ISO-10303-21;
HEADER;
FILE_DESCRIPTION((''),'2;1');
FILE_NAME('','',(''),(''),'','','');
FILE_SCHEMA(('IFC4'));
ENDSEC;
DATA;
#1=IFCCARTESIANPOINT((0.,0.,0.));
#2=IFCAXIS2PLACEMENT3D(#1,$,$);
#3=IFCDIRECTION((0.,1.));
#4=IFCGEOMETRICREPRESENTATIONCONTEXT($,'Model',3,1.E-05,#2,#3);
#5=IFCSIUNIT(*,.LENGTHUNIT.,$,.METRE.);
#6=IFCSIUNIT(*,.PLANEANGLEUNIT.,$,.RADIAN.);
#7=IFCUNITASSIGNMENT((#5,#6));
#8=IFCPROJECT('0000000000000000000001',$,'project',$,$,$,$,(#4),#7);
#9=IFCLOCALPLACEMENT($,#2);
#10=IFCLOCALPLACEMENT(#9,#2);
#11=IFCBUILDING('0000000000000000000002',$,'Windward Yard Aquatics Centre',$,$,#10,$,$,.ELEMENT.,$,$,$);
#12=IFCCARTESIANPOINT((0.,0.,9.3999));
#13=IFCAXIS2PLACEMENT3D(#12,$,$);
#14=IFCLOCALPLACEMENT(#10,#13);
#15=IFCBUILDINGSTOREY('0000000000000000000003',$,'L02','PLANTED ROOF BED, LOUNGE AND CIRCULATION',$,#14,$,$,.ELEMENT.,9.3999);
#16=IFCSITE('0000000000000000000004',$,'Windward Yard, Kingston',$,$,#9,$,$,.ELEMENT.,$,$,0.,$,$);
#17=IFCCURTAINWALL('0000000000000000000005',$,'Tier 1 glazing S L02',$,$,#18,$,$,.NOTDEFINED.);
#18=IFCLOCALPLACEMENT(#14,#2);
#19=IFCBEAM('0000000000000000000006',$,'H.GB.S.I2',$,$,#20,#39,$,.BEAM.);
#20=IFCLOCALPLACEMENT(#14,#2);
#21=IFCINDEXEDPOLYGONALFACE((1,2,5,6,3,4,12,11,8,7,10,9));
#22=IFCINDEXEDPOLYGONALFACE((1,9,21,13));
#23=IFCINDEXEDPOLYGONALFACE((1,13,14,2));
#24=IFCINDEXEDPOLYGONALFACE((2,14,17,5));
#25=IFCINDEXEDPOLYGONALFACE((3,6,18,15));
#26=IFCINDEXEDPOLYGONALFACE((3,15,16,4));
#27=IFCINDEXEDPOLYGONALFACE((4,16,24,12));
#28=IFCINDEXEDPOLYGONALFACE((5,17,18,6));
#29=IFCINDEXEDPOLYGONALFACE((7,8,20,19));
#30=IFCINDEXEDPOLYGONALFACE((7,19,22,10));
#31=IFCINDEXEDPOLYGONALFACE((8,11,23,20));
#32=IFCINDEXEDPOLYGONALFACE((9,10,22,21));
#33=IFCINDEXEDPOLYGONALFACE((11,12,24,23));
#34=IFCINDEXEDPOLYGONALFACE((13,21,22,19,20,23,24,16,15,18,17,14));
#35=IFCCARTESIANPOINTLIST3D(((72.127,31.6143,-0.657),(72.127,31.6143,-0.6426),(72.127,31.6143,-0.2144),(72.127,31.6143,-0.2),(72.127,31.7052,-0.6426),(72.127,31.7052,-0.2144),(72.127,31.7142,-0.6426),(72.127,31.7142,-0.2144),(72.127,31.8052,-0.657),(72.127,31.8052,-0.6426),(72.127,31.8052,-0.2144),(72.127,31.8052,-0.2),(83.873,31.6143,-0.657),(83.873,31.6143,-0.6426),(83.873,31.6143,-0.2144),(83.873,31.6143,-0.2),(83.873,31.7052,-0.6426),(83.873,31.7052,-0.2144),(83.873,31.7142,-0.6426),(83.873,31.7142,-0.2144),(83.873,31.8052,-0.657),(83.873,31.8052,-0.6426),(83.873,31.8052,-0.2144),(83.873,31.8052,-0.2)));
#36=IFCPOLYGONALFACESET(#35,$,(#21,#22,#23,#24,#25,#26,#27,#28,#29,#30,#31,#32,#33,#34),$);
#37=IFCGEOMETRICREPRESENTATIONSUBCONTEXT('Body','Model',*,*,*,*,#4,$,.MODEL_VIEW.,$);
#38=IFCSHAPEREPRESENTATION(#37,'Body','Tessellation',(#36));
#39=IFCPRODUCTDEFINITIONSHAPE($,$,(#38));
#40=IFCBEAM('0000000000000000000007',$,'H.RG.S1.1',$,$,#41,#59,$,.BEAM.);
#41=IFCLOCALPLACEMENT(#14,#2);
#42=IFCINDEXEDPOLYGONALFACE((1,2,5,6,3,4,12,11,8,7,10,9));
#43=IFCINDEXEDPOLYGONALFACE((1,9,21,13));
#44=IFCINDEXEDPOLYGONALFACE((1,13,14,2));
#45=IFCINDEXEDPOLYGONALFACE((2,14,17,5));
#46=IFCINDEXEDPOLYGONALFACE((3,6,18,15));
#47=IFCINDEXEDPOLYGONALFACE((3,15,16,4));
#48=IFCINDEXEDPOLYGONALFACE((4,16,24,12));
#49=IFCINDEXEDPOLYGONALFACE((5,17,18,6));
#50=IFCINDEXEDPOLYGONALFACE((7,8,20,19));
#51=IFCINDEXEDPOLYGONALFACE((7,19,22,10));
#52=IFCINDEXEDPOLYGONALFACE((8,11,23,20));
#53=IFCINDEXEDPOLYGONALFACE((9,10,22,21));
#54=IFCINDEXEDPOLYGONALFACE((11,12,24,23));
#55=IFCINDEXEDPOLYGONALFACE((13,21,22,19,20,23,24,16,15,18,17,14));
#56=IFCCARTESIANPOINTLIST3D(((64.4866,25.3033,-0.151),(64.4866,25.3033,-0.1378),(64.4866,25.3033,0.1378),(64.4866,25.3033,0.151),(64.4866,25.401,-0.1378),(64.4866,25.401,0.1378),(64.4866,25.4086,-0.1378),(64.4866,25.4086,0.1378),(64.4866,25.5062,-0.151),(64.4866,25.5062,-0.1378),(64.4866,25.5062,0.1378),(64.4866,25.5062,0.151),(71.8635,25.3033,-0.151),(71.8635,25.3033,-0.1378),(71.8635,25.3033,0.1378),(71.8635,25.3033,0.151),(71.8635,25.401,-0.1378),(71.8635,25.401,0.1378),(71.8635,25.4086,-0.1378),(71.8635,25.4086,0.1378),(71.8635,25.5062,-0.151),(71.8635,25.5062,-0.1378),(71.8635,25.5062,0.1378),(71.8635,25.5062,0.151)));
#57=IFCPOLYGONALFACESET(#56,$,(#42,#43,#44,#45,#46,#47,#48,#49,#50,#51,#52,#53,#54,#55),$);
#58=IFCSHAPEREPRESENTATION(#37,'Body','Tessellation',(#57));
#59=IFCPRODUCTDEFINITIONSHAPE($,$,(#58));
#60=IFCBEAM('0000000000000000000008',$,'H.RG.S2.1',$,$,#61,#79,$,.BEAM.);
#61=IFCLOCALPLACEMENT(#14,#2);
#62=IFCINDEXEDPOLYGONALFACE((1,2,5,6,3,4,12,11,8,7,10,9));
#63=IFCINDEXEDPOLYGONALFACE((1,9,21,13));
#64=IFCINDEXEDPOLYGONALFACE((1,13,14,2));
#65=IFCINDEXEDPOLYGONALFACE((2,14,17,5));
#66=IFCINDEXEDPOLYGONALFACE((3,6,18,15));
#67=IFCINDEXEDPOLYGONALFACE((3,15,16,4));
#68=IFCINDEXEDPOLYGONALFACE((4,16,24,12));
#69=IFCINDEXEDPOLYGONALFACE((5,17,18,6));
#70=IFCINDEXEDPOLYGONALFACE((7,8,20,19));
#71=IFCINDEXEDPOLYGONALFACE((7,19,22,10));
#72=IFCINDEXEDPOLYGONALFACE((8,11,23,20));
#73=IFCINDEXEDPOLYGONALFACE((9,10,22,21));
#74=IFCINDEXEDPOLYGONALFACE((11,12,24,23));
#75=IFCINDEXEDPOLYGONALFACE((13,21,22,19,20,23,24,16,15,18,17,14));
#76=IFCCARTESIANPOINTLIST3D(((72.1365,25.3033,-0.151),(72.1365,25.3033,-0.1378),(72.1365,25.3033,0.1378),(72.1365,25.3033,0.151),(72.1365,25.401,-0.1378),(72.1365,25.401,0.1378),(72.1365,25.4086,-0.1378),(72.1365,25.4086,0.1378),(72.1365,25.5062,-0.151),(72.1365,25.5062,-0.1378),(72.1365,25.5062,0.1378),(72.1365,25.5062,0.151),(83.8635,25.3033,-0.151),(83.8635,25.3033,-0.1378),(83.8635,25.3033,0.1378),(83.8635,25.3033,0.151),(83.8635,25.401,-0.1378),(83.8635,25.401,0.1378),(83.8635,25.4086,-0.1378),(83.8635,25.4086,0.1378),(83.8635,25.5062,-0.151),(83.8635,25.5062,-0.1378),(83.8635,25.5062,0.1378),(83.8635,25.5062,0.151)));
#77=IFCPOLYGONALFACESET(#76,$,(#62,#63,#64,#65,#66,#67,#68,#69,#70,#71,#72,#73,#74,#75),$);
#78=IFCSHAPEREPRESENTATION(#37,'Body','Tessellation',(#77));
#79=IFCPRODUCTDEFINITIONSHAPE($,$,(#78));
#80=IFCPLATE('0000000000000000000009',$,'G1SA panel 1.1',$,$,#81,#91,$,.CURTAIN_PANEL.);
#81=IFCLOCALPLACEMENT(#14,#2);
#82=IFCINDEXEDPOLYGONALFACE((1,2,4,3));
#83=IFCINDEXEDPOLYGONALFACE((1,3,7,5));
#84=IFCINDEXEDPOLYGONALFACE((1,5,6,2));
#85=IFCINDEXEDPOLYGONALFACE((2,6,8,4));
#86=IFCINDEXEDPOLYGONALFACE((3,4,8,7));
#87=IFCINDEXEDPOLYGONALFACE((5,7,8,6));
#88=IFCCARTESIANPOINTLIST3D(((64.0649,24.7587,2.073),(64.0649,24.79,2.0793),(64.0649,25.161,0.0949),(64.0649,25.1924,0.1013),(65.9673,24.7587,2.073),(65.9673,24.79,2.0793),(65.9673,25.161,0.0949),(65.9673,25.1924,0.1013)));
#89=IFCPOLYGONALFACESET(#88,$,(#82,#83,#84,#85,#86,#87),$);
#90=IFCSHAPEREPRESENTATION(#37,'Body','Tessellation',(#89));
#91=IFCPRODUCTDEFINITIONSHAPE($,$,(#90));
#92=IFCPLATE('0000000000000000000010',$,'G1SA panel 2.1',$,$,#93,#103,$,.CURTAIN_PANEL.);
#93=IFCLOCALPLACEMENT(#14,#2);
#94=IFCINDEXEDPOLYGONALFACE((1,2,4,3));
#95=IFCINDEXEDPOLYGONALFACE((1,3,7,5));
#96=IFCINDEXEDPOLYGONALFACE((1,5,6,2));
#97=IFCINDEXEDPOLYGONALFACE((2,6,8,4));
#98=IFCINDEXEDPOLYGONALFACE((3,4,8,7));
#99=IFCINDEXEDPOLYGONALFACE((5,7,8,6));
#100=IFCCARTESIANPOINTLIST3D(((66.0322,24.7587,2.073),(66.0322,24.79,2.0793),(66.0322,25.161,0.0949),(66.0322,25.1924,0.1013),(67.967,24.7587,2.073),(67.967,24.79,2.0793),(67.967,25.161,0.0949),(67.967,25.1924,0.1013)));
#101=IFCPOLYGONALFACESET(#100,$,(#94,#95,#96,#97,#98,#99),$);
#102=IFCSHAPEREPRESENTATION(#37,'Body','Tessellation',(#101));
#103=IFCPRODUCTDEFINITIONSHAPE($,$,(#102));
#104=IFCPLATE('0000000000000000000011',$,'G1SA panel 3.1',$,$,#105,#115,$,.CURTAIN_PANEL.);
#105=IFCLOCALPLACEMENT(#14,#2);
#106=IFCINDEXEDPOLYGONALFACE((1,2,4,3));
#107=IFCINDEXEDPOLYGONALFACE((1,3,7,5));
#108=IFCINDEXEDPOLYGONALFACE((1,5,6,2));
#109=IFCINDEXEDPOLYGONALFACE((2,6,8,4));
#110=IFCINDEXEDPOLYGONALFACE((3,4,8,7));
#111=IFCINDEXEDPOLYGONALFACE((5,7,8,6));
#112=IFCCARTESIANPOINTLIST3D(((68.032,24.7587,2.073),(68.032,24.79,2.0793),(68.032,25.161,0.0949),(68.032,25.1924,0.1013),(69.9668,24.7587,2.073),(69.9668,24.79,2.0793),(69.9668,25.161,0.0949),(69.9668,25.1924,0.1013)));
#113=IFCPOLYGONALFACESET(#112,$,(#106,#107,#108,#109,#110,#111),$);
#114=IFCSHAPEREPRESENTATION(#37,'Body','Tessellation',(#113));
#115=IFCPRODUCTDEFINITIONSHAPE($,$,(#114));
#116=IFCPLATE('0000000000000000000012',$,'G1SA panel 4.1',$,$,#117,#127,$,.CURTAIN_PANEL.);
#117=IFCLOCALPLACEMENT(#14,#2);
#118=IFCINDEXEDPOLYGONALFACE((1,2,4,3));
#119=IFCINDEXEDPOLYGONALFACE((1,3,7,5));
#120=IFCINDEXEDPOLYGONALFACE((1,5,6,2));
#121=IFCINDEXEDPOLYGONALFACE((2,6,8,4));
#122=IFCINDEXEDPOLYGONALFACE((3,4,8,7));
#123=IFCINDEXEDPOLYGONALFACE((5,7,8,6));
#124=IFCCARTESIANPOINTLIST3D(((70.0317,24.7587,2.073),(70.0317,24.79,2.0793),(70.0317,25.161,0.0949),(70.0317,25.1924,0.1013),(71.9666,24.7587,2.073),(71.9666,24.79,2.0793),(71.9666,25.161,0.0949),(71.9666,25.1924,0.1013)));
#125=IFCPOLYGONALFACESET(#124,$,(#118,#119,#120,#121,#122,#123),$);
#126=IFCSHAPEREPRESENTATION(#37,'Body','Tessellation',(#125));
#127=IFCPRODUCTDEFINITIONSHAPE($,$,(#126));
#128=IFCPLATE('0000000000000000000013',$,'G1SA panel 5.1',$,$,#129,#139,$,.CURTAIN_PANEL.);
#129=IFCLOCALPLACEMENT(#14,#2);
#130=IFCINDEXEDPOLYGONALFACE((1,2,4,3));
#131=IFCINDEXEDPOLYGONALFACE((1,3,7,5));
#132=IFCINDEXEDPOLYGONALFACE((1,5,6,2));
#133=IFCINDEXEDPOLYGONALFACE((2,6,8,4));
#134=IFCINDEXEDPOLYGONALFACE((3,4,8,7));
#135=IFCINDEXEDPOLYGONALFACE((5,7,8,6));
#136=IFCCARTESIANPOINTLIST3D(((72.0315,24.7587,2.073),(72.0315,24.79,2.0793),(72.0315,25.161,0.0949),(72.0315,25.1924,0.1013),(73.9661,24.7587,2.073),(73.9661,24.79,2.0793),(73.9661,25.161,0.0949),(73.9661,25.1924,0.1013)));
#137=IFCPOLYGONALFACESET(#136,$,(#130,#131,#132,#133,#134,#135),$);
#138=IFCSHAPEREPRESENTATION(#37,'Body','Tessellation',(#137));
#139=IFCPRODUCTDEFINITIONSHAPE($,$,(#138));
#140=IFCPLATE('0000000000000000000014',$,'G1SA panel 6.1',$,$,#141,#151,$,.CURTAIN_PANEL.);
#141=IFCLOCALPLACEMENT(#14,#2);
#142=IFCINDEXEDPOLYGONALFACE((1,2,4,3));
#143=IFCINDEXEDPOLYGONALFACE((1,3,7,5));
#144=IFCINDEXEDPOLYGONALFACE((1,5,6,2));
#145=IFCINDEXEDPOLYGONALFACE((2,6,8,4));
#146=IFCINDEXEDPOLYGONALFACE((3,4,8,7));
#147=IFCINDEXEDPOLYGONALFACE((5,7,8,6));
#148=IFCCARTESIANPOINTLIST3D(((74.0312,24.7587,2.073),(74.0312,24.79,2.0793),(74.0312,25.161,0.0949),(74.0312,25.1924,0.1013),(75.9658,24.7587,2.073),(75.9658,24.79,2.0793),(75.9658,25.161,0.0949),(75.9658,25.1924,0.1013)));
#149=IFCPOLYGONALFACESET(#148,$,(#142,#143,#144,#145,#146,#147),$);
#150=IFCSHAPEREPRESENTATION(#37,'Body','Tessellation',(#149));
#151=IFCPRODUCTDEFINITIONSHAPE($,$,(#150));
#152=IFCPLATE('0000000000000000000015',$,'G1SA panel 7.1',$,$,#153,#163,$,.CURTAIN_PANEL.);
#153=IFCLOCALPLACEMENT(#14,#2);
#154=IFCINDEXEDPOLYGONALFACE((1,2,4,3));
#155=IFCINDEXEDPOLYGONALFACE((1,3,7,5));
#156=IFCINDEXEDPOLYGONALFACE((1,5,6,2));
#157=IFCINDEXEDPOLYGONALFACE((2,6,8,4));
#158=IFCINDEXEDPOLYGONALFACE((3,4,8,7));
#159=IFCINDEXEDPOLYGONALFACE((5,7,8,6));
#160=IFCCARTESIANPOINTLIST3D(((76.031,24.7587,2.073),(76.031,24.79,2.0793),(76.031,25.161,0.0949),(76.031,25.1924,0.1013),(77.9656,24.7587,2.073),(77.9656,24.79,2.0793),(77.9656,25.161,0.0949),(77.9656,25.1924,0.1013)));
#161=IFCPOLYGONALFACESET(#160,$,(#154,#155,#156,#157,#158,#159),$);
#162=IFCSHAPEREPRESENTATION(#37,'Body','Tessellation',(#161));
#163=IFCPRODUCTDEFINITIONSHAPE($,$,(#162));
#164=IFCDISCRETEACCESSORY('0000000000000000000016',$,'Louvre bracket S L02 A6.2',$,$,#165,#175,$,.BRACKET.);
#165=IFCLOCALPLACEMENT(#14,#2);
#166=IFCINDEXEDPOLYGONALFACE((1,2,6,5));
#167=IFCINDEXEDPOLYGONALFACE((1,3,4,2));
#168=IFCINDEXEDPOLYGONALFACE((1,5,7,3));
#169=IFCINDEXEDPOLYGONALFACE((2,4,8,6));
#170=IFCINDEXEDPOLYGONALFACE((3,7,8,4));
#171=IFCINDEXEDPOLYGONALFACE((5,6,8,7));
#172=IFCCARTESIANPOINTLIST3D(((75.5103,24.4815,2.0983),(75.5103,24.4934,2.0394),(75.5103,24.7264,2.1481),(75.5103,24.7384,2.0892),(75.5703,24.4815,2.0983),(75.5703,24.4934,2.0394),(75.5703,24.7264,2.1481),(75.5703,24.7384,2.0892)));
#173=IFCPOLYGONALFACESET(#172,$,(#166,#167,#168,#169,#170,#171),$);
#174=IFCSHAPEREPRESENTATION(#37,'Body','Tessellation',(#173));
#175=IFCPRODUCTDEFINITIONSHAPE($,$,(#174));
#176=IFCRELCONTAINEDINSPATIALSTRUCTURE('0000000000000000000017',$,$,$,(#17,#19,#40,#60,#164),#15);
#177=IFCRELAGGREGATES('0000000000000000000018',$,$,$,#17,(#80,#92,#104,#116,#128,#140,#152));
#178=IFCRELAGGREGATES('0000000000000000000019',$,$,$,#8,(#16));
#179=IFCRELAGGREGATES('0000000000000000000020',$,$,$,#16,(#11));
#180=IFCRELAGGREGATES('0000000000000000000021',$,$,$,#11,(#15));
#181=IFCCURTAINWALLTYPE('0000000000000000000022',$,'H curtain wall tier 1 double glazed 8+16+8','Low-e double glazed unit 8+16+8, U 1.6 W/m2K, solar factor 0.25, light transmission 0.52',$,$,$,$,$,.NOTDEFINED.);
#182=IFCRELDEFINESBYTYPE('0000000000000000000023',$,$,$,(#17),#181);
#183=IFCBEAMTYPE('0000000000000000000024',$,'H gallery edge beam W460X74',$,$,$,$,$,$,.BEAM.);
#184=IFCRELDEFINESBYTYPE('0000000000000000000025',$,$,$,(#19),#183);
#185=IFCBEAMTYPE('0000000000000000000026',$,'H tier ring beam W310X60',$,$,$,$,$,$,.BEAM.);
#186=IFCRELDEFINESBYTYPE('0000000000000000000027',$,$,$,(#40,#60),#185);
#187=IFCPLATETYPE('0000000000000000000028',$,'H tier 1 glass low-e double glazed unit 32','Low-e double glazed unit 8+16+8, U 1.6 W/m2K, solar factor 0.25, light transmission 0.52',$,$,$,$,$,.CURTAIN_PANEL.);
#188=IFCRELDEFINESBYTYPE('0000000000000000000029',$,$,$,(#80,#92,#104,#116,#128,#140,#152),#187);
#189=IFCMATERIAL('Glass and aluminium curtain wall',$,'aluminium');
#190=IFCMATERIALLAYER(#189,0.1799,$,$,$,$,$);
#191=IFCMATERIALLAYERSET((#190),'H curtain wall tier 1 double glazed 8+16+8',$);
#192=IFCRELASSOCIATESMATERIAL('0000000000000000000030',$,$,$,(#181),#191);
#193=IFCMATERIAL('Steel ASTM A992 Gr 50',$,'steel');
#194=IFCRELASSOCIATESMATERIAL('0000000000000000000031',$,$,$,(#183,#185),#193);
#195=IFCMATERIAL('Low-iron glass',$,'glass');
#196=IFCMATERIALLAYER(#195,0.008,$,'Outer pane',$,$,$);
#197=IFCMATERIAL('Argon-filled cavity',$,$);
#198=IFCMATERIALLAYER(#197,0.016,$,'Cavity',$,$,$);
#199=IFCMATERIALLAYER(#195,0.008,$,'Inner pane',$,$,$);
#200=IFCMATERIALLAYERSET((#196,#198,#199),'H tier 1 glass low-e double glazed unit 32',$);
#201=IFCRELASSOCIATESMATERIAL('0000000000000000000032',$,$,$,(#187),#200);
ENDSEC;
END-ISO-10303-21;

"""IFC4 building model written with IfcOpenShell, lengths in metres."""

from ifc_helpers import new_model, si_unit, direction, frame, origin, origin_2d, place, context, subcontext, project, spatial, polyline, rectangle, i_section, outline, extrude, material, layer, layer_set, material_profile, profile_set, type_object, element, aggregate, save


model = new_model("IFC4")

# Units and contexts
model_context = context("Model", 3, precision=1e-05, world=origin(), true_north=direction((0.0, 1.0)))
body_context = subcontext(model_context, "Body", "Model", "MODEL_VIEW")
ifc_project = project(units=[si_unit("LENGTHUNIT", "METRE"), si_unit("PLANEANGLEUNIT", "RADIAN")], contexts=[model_context])

# Site, building, storey
site_placement = place(None, origin())
site = spatial("IfcSite", under=ifc_project, at=site_placement, Name="Windward Yard, Kingston", CompositionType="ELEMENT", RefElevation=0.0)
building_placement = place(site_placement, origin())
building = spatial("IfcBuilding", under=site, at=building_placement, Name="Windward Yard Aquatics Centre", CompositionType="ELEMENT")
storey_placement = place(building_placement, frame((0.0, 0.0, 9.3999)))
storey = spatial("IfcBuildingStorey", under=building, at=storey_placement, Name="L02", Description="PLANTED ROOF BED, LOUNGE AND CIRCULATION", CompositionType="ELEMENT", Elevation=9.3999)

# Curtain wall
ifc_material_1 = material(Name="Glass and aluminium curtain wall", Category="aluminium")
ifc_layer_1 = layer(ifc_material_1, 0.1799)
ifc_layer_set_1 = layer_set([ifc_layer_1], Name="H curtain wall tier 1 double glazed 8+16+8")
curtain_wall_type = type_object("IfcCurtainWallType", Name="H curtain wall tier 1 double glazed 8+16+8", Description="Low-e double glazed unit 8+16+8, U 1.6 W/m2K, solar factor 0.25, light transmission 0.52", PredefinedType="NOTDEFINED", material=ifc_layer_set_1)
curtain_wall_placement = place(storey_placement, origin())
curtain_wall = element("IfcCurtainWall", 1, at=curtain_wall_placement, inside=storey, type_object=curtain_wall_type, Name="Tier 1 glazing S L02", PredefinedType="NOTDEFINED")

# Beams
ifc_material_2 = material(Name="Steel ASTM A992 Gr 50", Category="steel")
ifc_material_profile_1 = material_profile(ifc_material_2, i_section(OverallWidth=0.1909, OverallDepth=0.457, WebThickness=0.009, FlangeThickness=0.0144, at=origin_2d()), Name="W460X74")
ifc_profile_set_1 = profile_set([ifc_material_profile_1], Name="Steel ASTM A992 Gr 50")
beam_type_1 = type_object("IfcBeamType", Name="H gallery edge beam W460X74", PredefinedType="BEAM", material=ifc_profile_set_1)
beam_1_placement = place(storey_placement, frame((72.127, 31.7097, -0.4285), z_axis=(1.0, 0.0, 0.0), x_axis=(0.0, 1.0, 0.0)))
element("IfcBeam", 2, at=beam_1_placement, inside=storey, type_object=beam_type_1, Name="H.GB.S.I2", PredefinedType="BEAM", context=body_context, shape_type="SweptSolid", body=[
    extrude(i_section(OverallWidth=0.1909, OverallDepth=0.457, WebThickness=0.009, FlangeThickness=0.0144, at=origin_2d()), origin(), (0.0, 0.0, 1.0), 11.7461),
])
ifc_material_profile_2 = material_profile(ifc_material_2, i_section(OverallWidth=0.2029, OverallDepth=0.302, WebThickness=0.0076, FlangeThickness=0.0132, at=origin_2d()), Name="W310X60")
ifc_profile_set_2 = profile_set([ifc_material_profile_2], Name="Steel ASTM A992 Gr 50")
beam_type_2 = type_object("IfcBeamType", Name="H tier ring beam W310X60", PredefinedType="BEAM", material=ifc_profile_set_2)
beam_2_placement = place(storey_placement, frame((64.4866, 25.4048, 0.0), z_axis=(1.0, 0.0, 0.0), x_axis=(0.0, 1.0, 0.0)))
element("IfcBeam", 3, at=beam_2_placement, inside=storey, type_object=beam_type_2, Name="H.RG.S1.1", PredefinedType="BEAM", context=body_context, shape_type="SweptSolid", body=[
    extrude(i_section(OverallWidth=0.2029, OverallDepth=0.302, WebThickness=0.0076, FlangeThickness=0.0132, at=origin_2d()), origin(), (0.0, 0.0, 1.0), 7.377),
])
beam_3_placement = place(storey_placement, frame((72.1365, 25.4048, 0.0), z_axis=(1.0, 0.0, 0.0), x_axis=(0.0, 1.0, 0.0)))
element("IfcBeam", 4, at=beam_3_placement, inside=storey, type_object=beam_type_2, Name="H.RG.S2.1", PredefinedType="BEAM", context=body_context, shape_type="SweptSolid", body=[
    extrude(i_section(OverallWidth=0.2029, OverallDepth=0.302, WebThickness=0.0076, FlangeThickness=0.0132, at=origin_2d()), origin(), (0.0, 0.0, 1.0), 11.7271),
])

# Plates
ifc_material_3 = material(Name="Low-iron glass", Category="glass")
ifc_layer_2 = layer(ifc_material_3, 0.008, Name="Outer pane")
ifc_material_4 = material(Name="Argon-filled cavity")
ifc_layer_3 = layer(ifc_material_4, 0.016, Name="Cavity")
ifc_layer_4 = layer(ifc_material_3, 0.008, Name="Inner pane")
ifc_layer_set_2 = layer_set([ifc_layer_2, ifc_layer_3, ifc_layer_4], Name="H tier 1 glass low-e double glazed unit 32")
plate_type = type_object("IfcPlateType", Name="H tier 1 glass low-e double glazed unit 32", Description="Low-e double glazed unit 8+16+8, U 1.6 W/m2K, solar factor 0.25, light transmission 0.52", PredefinedType="CURTAIN_PANEL", material=ifc_layer_set_2)
plate_1_placement = place(storey_placement, frame((64.0649, 24.79, 2.0793), z_axis=(0.0, 0.979933, 0.199325), x_axis=(0.0, 0.199325, -0.979933)))
plate_1 = element("IfcPlate", 5, at=plate_1_placement, type_object=plate_type, Name="G1SA panel 1.1", PredefinedType="CURTAIN_PANEL", context=body_context, shape_type="SweptSolid", body=[
    extrude(outline(polyline([(0.0, 0.0), (2.0185, 0.0), (2.0185, -1.9023), (0.0, -1.9023), (0.0, 0.0)])), origin(), (0.0, 0.0, -1.0), 0.032),
])
plate_2_placement = place(storey_placement, frame((66.0322, 24.79, 2.0793), z_axis=(0.0, 0.979933, 0.199325), x_axis=(0.0, 0.199325, -0.979933)))
plate_2 = element("IfcPlate", 6, at=plate_2_placement, type_object=plate_type, Name="G1SA panel 2.1", PredefinedType="CURTAIN_PANEL", context=body_context, shape_type="SweptSolid", body=[
    extrude(outline(polyline([(0.0, 0.0), (2.0185, 0.0), (2.0185, -1.9348), (0.0, -1.9348), (0.0, 0.0)])), origin(), (0.0, 0.0, -1.0), 0.032),
])
plate_3_placement = place(storey_placement, frame((68.032, 24.79, 2.0793), z_axis=(0.0, 0.979933, 0.199325), x_axis=(0.0, 0.199325, -0.979933)))
plate_3 = element("IfcPlate", 7, at=plate_3_placement, type_object=plate_type, Name="G1SA panel 3.1", PredefinedType="CURTAIN_PANEL", context=body_context, shape_type="SweptSolid", body=[
    extrude(outline(polyline([(0.0, 0.0), (2.0185, 0.0), (2.0185, -1.9348), (0.0, -1.9348), (0.0, 0.0)])), origin(), (0.0, 0.0, -1.0), 0.032),
])
plate_4_placement = place(storey_placement, frame((70.0317, 24.79, 2.0793), z_axis=(0.0, 0.979933, 0.199325), x_axis=(0.0, 0.199325, -0.979933)))
plate_4 = element("IfcPlate", 8, at=plate_4_placement, type_object=plate_type, Name="G1SA panel 4.1", PredefinedType="CURTAIN_PANEL", context=body_context, shape_type="SweptSolid", body=[
    extrude(outline(polyline([(0.0, 0.0), (2.0185, 0.0), (2.0185, -1.9348), (0.0, -1.9348), (0.0, 0.0)])), origin(), (0.0, 0.0, -1.0), 0.032),
])
plate_5_placement = place(storey_placement, frame((72.0315, 24.79, 2.0793), z_axis=(0.0, 0.979933, 0.199325), x_axis=(0.0, 0.199325, -0.979933)))
plate_5 = element("IfcPlate", 9, at=plate_5_placement, type_object=plate_type, Name="G1SA panel 5.1", PredefinedType="CURTAIN_PANEL", context=body_context, shape_type="SweptSolid", body=[
    extrude(outline(polyline([(0.0, 0.0), (2.0185, 0.0), (2.0185, -1.9346), (0.0, -1.9346), (0.0, 0.0)])), origin(), (0.0, 0.0, -1.0), 0.032),
])
plate_6_placement = place(storey_placement, frame((74.0312, 24.79, 2.0793), z_axis=(0.0, 0.979933, 0.199325), x_axis=(0.0, 0.199325, -0.979933)))
plate_6 = element("IfcPlate", 10, at=plate_6_placement, type_object=plate_type, Name="G1SA panel 6.1", PredefinedType="CURTAIN_PANEL", context=body_context, shape_type="SweptSolid", body=[
    extrude(outline(polyline([(0.0, 0.0), (2.0185, 0.0), (2.0185, -1.9346), (0.0, -1.9346), (0.0, 0.0)])), origin(), (0.0, 0.0, -1.0), 0.032),
])
plate_7_placement = place(storey_placement, frame((76.031, 24.79, 2.0793), z_axis=(0.0, 0.979933, 0.199325), x_axis=(0.0, 0.199325, -0.979933)))
plate_7 = element("IfcPlate", 11, at=plate_7_placement, type_object=plate_type, Name="G1SA panel 7.1", PredefinedType="CURTAIN_PANEL", context=body_context, shape_type="SweptSolid", body=[
    extrude(outline(polyline([(0.0, 0.0), (2.0185, 0.0), (2.0185, -1.9346), (0.0, -1.9346), (0.0, 0.0)])), origin(), (0.0, 0.0, -1.0), 0.032),
])
aggregate(curtain_wall, [plate_1, plate_2, plate_3, plate_4, plate_5, plate_6, plate_7])

# Discrete accessory
discrete_accessory_placement = place(storey_placement, frame((75.5403, 24.7324, 2.1187), z_axis=(0.0, -0.979937, -0.199309), x_axis=(1.0, 0.0, 0.0)))
element("IfcDiscreteAccessory", 12, at=discrete_accessory_placement, inside=storey, Name="Louvre bracket S L02 A6.2", PredefinedType="BRACKET", context=body_context, shape_type="SweptSolid", body=[
    extrude(rectangle(XDim=0.0601, YDim=0.0601, at=origin_2d()), origin(), (0.0, 0.0, 1.0), 0.25),
])

save(model, "model.ifc")
